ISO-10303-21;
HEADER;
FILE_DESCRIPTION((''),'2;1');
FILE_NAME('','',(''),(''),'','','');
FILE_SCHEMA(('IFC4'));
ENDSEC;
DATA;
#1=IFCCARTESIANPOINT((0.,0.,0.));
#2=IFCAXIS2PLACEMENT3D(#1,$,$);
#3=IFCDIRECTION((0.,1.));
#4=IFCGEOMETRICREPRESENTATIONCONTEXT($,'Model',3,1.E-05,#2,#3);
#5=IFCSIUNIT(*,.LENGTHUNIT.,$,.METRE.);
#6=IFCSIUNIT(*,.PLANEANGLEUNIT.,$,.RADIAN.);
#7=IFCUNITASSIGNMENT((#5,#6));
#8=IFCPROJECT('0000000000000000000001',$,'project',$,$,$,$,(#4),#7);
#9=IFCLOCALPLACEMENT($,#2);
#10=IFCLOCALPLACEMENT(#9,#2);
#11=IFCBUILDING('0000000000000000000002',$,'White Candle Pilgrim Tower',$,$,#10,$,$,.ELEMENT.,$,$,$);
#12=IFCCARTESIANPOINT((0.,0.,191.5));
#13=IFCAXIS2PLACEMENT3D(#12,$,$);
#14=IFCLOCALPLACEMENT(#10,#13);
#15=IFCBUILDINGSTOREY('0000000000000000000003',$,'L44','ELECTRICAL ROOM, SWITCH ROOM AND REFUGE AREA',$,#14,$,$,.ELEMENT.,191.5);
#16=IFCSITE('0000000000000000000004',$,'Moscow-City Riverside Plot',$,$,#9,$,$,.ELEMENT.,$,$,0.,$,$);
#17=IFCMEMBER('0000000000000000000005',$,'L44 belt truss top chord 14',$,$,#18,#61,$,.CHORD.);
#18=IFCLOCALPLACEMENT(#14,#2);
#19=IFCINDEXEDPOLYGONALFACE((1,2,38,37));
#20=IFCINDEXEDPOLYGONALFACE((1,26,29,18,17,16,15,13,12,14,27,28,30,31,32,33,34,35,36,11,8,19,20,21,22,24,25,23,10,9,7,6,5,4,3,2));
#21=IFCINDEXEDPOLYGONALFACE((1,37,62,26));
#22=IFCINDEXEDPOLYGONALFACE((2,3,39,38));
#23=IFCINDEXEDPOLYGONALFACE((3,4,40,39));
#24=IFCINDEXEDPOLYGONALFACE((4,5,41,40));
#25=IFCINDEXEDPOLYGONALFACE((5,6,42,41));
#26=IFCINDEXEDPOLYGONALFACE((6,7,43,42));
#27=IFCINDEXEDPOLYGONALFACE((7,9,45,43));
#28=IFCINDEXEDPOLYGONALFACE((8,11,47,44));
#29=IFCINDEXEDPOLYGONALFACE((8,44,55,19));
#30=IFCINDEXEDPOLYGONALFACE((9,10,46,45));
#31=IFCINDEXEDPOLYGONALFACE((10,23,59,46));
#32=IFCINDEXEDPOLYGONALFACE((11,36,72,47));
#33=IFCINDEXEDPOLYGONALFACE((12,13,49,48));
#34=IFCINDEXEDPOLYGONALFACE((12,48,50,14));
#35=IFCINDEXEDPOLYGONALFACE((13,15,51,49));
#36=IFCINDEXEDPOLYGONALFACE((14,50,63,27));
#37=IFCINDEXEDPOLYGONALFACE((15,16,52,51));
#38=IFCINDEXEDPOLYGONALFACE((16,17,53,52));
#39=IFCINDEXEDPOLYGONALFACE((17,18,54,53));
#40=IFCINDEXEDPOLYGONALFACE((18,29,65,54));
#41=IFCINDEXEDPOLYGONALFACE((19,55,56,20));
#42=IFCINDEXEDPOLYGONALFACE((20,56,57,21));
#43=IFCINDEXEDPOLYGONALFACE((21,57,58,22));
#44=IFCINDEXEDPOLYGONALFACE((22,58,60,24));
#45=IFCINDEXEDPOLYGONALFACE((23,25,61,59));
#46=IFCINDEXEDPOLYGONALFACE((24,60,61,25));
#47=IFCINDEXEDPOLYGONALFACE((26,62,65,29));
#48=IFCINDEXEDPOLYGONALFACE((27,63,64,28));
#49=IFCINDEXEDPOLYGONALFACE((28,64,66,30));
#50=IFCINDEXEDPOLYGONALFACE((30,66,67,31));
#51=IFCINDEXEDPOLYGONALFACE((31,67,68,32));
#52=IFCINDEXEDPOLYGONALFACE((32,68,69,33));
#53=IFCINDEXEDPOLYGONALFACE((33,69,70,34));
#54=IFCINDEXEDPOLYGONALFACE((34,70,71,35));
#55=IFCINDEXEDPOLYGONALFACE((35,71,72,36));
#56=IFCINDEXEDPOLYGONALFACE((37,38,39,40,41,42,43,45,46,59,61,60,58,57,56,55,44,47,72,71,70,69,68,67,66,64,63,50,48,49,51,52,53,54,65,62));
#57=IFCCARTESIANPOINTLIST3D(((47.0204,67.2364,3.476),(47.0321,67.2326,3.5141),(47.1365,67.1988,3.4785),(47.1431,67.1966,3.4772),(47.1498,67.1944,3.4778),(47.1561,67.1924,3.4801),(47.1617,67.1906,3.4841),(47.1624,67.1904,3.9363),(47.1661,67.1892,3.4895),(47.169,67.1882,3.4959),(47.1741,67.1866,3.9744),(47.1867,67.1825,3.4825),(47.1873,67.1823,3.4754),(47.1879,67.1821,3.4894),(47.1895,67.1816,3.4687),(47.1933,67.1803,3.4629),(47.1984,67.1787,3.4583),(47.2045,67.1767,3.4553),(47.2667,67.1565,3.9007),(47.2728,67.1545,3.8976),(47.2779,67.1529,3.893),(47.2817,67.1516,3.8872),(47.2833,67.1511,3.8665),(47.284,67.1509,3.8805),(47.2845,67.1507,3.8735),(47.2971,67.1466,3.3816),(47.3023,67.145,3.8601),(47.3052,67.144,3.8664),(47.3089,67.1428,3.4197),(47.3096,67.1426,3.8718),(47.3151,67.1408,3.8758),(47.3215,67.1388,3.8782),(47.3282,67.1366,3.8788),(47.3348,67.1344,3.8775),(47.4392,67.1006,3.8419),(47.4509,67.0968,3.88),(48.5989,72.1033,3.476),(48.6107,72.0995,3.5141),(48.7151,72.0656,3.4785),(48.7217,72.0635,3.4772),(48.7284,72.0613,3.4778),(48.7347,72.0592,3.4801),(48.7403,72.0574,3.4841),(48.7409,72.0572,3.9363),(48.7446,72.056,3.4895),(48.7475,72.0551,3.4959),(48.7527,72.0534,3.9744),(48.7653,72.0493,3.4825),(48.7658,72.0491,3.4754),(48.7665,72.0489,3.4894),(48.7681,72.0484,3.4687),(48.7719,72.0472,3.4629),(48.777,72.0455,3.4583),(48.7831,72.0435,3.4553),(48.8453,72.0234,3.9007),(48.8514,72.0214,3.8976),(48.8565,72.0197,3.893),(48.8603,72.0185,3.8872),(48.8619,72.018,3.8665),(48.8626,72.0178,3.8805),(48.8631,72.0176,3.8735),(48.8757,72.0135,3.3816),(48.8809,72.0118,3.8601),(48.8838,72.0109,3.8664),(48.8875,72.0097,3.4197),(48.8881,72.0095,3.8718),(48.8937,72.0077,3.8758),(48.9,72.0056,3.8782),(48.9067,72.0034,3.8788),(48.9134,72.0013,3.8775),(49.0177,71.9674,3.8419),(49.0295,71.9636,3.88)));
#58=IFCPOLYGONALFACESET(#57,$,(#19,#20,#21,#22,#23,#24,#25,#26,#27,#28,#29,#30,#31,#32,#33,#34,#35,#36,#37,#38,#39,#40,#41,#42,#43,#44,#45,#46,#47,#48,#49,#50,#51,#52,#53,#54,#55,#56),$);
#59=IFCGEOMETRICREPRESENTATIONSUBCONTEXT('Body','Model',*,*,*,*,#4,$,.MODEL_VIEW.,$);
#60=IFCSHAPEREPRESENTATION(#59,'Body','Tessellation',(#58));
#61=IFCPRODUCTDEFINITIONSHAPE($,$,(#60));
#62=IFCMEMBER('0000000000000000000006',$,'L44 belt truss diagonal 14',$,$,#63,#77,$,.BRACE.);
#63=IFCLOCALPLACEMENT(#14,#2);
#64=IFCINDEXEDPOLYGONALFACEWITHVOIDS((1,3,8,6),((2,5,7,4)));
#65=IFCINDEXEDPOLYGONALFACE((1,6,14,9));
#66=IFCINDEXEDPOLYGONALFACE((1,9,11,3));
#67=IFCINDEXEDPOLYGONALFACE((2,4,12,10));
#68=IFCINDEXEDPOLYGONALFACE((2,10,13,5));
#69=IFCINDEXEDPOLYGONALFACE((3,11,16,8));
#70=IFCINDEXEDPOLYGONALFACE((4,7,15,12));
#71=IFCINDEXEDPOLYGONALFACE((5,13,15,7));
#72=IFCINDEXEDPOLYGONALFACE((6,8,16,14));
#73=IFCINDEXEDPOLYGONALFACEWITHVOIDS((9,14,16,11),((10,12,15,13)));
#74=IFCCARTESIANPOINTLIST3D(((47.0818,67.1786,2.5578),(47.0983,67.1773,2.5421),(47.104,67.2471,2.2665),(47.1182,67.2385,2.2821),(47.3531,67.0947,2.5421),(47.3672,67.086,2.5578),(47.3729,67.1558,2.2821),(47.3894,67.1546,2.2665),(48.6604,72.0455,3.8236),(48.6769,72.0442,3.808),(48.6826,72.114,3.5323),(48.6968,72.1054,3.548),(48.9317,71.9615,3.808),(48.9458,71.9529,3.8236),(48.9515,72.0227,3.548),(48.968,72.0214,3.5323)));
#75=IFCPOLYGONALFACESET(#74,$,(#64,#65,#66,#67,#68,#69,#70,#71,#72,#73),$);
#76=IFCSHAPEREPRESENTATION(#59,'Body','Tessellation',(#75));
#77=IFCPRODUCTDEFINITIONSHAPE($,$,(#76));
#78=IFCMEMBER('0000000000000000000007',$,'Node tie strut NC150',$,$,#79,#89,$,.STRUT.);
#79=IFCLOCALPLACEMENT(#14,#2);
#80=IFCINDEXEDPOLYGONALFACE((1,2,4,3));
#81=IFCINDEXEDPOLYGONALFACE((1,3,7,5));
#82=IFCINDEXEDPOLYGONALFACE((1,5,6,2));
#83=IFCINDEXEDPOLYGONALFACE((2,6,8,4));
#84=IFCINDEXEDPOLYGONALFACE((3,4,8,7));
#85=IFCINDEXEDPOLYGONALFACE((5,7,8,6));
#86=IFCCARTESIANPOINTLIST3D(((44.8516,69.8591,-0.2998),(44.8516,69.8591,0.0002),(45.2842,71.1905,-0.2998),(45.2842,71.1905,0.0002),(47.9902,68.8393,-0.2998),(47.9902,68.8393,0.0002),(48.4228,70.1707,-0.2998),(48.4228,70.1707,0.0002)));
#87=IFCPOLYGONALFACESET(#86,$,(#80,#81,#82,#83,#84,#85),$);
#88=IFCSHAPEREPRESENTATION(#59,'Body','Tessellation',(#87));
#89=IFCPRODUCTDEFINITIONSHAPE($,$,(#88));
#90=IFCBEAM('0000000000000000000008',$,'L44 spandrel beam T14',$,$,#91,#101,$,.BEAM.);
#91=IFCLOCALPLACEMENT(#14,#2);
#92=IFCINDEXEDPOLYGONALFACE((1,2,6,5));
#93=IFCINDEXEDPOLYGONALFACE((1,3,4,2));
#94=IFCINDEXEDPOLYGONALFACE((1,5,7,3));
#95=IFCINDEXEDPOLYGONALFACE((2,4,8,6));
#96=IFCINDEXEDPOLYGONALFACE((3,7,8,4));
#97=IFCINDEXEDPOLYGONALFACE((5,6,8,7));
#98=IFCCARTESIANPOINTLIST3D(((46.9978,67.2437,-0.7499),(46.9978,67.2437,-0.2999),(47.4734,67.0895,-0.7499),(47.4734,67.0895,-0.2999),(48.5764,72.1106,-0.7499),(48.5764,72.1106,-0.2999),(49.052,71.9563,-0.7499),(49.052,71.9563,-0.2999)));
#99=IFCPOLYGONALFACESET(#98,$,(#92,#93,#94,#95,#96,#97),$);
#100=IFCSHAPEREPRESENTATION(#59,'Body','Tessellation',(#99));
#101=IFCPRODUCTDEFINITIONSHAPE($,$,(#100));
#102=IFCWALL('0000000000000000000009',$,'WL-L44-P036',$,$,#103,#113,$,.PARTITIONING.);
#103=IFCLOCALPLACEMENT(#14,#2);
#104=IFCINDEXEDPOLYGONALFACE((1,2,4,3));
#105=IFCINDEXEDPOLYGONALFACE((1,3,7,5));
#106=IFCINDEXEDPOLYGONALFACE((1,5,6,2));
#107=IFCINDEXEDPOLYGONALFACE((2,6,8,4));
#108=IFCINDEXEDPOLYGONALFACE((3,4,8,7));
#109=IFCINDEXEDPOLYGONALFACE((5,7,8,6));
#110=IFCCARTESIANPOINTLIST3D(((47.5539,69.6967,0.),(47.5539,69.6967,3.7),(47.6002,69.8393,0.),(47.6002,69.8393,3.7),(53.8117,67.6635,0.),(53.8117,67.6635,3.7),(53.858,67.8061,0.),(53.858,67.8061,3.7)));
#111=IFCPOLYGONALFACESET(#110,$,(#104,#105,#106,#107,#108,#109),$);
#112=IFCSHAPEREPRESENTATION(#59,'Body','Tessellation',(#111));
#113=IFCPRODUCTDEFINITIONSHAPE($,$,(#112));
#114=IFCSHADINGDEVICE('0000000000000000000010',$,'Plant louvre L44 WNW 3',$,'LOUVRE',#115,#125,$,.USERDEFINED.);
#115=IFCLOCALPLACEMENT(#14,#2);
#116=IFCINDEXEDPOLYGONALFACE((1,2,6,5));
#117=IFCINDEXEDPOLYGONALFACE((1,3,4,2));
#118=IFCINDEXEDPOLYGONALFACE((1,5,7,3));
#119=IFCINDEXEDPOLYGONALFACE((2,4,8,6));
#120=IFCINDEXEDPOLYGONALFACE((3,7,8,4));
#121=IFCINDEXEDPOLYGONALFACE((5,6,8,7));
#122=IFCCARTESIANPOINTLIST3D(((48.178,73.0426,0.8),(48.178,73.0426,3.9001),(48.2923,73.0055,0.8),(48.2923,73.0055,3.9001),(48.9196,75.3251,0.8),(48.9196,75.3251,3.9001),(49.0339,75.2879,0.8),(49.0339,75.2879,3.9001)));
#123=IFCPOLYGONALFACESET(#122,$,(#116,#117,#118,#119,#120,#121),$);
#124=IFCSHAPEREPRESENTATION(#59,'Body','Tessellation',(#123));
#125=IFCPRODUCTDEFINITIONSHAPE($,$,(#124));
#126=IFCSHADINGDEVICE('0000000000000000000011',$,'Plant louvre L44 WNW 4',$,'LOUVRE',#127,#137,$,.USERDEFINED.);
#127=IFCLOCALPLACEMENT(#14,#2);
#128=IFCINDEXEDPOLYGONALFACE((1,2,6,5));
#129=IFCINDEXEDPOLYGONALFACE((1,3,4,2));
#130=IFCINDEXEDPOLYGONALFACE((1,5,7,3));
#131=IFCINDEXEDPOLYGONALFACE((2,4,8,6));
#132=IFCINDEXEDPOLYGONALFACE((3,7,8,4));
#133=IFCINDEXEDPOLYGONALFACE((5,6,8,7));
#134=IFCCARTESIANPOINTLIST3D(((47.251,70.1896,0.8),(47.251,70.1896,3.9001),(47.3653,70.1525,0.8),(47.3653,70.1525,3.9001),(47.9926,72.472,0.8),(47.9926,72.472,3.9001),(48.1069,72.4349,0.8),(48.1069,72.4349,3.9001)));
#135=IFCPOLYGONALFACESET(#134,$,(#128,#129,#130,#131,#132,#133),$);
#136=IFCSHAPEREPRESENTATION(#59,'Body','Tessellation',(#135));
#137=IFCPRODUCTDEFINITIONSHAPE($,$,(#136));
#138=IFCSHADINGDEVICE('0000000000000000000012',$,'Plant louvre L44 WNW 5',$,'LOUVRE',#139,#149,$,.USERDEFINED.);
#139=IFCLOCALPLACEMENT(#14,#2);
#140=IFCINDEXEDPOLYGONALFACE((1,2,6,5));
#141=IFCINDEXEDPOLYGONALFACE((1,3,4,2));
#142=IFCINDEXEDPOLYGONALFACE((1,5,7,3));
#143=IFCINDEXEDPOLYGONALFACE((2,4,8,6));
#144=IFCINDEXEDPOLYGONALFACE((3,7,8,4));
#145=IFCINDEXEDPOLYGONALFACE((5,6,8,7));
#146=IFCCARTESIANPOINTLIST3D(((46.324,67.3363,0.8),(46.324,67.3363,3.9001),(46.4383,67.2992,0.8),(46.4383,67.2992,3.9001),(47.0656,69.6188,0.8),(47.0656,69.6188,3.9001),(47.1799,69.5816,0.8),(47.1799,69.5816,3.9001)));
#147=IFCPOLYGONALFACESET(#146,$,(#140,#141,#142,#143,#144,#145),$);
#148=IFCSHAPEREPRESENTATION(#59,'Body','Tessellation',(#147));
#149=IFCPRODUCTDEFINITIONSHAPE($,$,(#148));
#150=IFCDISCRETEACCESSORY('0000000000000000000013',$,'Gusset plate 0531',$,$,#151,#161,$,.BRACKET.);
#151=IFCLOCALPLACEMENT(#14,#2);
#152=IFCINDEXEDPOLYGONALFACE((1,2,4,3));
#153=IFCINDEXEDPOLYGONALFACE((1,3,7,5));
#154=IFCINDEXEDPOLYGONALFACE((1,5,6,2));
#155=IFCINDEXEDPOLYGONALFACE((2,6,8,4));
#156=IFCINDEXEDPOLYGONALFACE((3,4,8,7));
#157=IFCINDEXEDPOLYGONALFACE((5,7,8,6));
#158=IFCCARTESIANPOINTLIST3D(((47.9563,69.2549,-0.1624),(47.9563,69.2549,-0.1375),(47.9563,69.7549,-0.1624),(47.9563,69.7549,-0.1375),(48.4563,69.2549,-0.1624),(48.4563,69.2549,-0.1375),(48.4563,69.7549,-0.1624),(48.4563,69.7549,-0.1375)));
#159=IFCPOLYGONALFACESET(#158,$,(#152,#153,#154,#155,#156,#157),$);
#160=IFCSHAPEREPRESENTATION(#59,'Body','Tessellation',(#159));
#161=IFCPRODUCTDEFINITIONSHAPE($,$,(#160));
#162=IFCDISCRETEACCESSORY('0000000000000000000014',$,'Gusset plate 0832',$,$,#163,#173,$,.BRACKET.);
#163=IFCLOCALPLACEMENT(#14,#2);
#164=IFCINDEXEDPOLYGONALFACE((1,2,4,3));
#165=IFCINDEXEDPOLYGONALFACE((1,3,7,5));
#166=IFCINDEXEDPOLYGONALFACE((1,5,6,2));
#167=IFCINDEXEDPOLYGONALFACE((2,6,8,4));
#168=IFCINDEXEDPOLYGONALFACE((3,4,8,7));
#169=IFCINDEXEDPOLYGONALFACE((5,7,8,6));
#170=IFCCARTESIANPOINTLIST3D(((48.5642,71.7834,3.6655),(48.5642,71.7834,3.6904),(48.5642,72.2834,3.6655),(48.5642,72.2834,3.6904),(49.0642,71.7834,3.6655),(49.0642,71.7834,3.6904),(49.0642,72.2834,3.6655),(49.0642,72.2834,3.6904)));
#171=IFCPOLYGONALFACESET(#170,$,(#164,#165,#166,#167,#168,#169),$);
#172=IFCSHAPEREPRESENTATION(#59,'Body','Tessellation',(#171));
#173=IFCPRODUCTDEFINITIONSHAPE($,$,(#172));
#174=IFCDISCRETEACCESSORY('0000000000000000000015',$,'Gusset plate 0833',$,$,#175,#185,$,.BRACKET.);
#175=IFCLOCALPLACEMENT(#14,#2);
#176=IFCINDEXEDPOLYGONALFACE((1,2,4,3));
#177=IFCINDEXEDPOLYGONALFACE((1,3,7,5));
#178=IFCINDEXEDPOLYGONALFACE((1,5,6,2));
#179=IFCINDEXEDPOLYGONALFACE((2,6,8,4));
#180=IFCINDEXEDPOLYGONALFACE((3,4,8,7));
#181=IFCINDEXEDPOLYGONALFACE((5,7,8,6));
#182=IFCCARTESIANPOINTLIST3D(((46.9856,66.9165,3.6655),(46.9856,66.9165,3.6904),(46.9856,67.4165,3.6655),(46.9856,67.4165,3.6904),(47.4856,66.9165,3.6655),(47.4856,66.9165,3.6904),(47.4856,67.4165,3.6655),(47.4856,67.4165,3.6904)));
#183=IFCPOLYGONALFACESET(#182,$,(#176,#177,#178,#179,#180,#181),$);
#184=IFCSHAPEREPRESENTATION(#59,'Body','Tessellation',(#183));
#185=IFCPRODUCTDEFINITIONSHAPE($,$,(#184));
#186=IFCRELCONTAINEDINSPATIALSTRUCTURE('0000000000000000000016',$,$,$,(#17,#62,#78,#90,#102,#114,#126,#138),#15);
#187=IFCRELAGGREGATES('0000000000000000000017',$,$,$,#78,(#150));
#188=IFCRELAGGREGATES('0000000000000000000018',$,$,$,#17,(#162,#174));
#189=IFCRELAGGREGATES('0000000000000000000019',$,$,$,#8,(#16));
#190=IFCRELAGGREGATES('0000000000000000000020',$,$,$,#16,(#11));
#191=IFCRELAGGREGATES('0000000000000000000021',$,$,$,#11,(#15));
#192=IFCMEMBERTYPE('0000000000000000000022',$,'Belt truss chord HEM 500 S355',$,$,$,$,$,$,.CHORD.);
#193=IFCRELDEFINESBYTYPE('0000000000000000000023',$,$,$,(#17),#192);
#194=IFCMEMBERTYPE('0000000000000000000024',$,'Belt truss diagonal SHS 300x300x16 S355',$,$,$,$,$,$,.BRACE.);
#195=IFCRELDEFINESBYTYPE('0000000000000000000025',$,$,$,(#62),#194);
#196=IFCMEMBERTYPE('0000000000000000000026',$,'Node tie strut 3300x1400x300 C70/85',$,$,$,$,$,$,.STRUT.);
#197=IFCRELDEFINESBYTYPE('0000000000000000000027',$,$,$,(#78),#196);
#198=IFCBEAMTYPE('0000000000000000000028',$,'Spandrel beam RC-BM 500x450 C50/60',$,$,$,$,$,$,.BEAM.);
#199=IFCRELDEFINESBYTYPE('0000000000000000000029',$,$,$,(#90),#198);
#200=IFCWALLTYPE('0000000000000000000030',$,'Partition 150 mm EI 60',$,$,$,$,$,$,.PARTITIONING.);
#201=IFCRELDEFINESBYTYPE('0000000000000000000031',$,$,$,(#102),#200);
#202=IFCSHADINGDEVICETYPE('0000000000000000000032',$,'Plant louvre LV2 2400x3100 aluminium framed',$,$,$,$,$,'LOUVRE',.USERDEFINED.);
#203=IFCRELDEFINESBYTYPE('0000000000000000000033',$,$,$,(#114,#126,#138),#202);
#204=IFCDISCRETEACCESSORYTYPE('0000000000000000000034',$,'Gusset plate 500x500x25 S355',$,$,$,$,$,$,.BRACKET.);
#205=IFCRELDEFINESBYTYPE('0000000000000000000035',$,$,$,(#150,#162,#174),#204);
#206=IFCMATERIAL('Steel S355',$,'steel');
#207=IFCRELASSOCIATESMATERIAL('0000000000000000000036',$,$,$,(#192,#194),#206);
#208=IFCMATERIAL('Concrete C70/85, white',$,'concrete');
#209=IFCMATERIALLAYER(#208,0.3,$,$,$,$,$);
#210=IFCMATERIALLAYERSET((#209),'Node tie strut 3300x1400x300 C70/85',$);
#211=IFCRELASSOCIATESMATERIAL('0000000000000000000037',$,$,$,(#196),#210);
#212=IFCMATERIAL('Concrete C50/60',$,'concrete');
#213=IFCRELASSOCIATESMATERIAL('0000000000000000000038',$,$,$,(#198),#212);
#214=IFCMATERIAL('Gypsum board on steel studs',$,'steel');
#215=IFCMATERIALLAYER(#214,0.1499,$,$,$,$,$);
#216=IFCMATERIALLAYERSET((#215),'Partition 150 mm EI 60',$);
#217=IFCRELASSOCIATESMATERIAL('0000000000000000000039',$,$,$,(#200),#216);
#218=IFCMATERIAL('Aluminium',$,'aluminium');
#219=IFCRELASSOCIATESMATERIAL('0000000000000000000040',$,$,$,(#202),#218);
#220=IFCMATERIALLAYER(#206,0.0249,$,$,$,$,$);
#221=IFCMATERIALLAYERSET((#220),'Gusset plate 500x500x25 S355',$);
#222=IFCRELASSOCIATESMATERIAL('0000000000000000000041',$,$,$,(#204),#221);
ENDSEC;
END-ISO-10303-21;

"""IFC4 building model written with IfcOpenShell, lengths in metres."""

from ifc_helpers import new_model, si_unit, direction, frame, frame_2d, origin, origin_2d, place, context, subcontext, project, spatial, rectangle, hollow_rectangle, i_section, extrude, material, layer, layer_set, material_profile, profile_set, type_object, element, aggregate, save


model = new_model("IFC4")

# Units and contexts
model_context = context("Model", 3, precision=1e-05, world=origin(), true_north=direction((0.0, 1.0)))
body_context = subcontext(model_context, "Body", "Model", "MODEL_VIEW")
ifc_project = project(units=[si_unit("LENGTHUNIT", "METRE"), si_unit("PLANEANGLEUNIT", "RADIAN")], contexts=[model_context])

# Site, building, storey
site_placement = place(None, origin())
site = spatial("IfcSite", under=ifc_project, at=site_placement, Name="Moscow-City Riverside Plot", CompositionType="ELEMENT", RefElevation=0.0)
building_placement = place(site_placement, origin())
building = spatial("IfcBuilding", under=site, at=building_placement, Name="White Candle Pilgrim Tower", CompositionType="ELEMENT")
storey_placement = place(building_placement, frame((0.0, 0.0, 191.5)))
storey = spatial("IfcBuildingStorey", under=building, at=storey_placement, Name="L44", Description="ELECTRICAL ROOM, SWITCH ROOM AND REFUGE AREA", CompositionType="ELEMENT", Elevation=191.5)

# Members
ifc_material_1 = material(Name="Steel S355", Category="steel")
ifc_material_profile_1 = material_profile(ifc_material_1, i_section(OverallWidth=0.3059, OverallDepth=0.5239, WebThickness=0.021, FlangeThickness=0.04, FilletRadius=0.0271, at=origin_2d()), Name="HEM 500")
ifc_profile_set_1 = profile_set([ifc_material_profile_1], Name="Steel S355")
member_type_1 = type_object("IfcMemberType", Name="Belt truss chord HEM 500 S355", PredefinedType="CHORD", material=ifc_profile_set_1)
member_1_placement = place(storey_placement, frame((48.8142, 72.0334, 3.678), z_axis=(-0.30853, -0.951214, 0.0), x_axis=(0.904807, -0.293478, -0.308536)))
member_1 = element("IfcMember", 1, at=member_1_placement, inside=storey, type_object=member_type_1, Name="L44 belt truss top chord 14", PredefinedType="CHORD", context=body_context, shape_type="SweptSolid", body=[
    extrude(i_section(OverallWidth=0.3059, OverallDepth=0.5239, WebThickness=0.021, FlangeThickness=0.04, FilletRadius=0.0271, at=origin_2d()), origin(), (0.0, 0.0, 1.0), 5.1165),
])
ifc_material_profile_2 = material_profile(ifc_material_1, hollow_rectangle(XDim=0.3, YDim=0.3, WallThickness=0.0161, at=origin_2d()), Name="SHS 300x300x16")
ifc_profile_set_2 = profile_set([ifc_material_profile_2], Name="Steel S355")
member_type_2 = type_object("IfcMemberType", Name="Belt truss diagonal SHS 300x300x16 S355", PredefinedType="BRACE", material=ifc_profile_set_2)
member_2_placement = place(storey_placement, frame((48.8142, 72.0334, 3.678), z_axis=(-0.2995, -0.923374, -0.240165), x_axis=(0.951214, -0.30853, 0.0)))
element("IfcMember", 2, at=member_2_placement, inside=storey, type_object=member_type_2, Name="L44 belt truss diagonal 14", PredefinedType="BRACE", context=body_context, shape_type="SweptSolid", body=[
    extrude(hollow_rectangle(XDim=0.3, YDim=0.3, WallThickness=0.0161, at=origin_2d()), origin(), (0.0, 0.0, 1.0), 5.2708),
])
ifc_material_2 = material(Name="Concrete C70/85, white", Category="concrete")
ifc_layer_1 = layer(ifc_material_2, 0.3)
ifc_layer_set_1 = layer_set([ifc_layer_1], Name="Node tie strut 3300x1400x300 C70/85")
member_type_3 = type_object("IfcMemberType", Name="Node tie strut 3300x1400x300 C70/85", PredefinedType="STRUT", material=ifc_layer_set_1)
member_3_placement = place(storey_placement, frame((46.6372, 70.0149, -0.2998), z_axis=(0.0, 0.0, 1.0), x_axis=(-0.309017, -0.951057, 0.0)))
member_3 = element("IfcMember", 3, at=member_3_placement, inside=storey, type_object=member_type_3, Name="Node tie strut NC150", PredefinedType="STRUT", context=body_context, shape_type="SweptSolid", body=[
    extrude(rectangle(XDim=1.3999, YDim=3.3, at=origin_2d()), origin(), (0.0, 0.0, 1.0), 0.3),
])

# Beam
ifc_material_3 = material(Name="Concrete C50/60", Category="concrete")
ifc_material_profile_3 = material_profile(ifc_material_3, rectangle(XDim=0.5, YDim=0.45, at=origin_2d()), Name="RC-BM 500x450")
ifc_profile_set_3 = profile_set([ifc_material_profile_3], Name="Concrete C50/60")
beam_type = type_object("IfcBeamType", Name="Spandrel beam RC-BM 500x450 C50/60", PredefinedType="BEAM", material=ifc_profile_set_3)
beam_placement = place(storey_placement, frame((48.8142, 72.0334, -0.5249), z_axis=(-0.30853, -0.951214, 0.0), x_axis=(0.951214, -0.30853, 0.0)))
element("IfcBeam", 4, at=beam_placement, inside=storey, type_object=beam_type, Name="L44 spandrel beam T14", PredefinedType="BEAM", context=body_context, shape_type="SweptSolid", body=[
    extrude(rectangle(XDim=0.5, YDim=0.45, at=origin_2d()), origin(), (0.0, 0.0, 1.0), 5.1165),
])

# Wall
ifc_material_4 = material(Name="Gypsum board on steel studs", Category="steel")
ifc_layer_2 = layer(ifc_material_4, 0.1499)
ifc_layer_set_2 = layer_set([ifc_layer_2], Name="Partition 150 mm EI 60")
wall_type = type_object("IfcWallType", Name="Partition 150 mm EI 60", PredefinedType="PARTITIONING", material=ifc_layer_set_2)
wall_placement = place(storey_placement, frame((47.5769, 69.7681, 0.0), z_axis=(0.0, 0.0, 1.0), x_axis=(0.95106, -0.309006, 0.0)))
element("IfcWall", 5, at=wall_placement, inside=storey, type_object=wall_type, Name="WL-L44-P036", PredefinedType="PARTITIONING", context=body_context, shape_type="SweptSolid", body=[
    extrude(rectangle(XDim=6.5798, YDim=0.1499, at=frame_2d((3.29, 0.0))), origin(), (0.0, 0.0, 1.0), 3.7),
])

# Shading devices
ifc_material_5 = material(Name="Aluminium", Category="aluminium")
shading_device_type = type_object("IfcShadingDeviceType", Name="Plant louvre LV2 2400x3100 aluminium framed", ElementType="LOUVRE", PredefinedType="USERDEFINED", material=ifc_material_5)
for number, where, z_axis, x_axis, name in (
    (6, (48.606, 74.1653, 0.8), (0.0, 0.0, 1.0), (-0.309017, -0.951057, 0.0), "Plant louvre L44 WNW 3"),
    (7, (47.679, 71.3123, 0.8), (0.0, 0.0, 1.0), (-0.309017, -0.951057, 0.0), "Plant louvre L44 WNW 4"),
    (8, (46.752, 68.459, 0.8), (0.0, 0.0, 1.0), (-0.309017, -0.951057, 0.0), "Plant louvre L44 WNW 5"),
):
    element("IfcShadingDevice", number, at=place(storey_placement, frame(where, z_axis=z_axis, x_axis=x_axis)), inside=storey, type_object=shading_device_type, Name=name, ObjectType="LOUVRE", PredefinedType="USERDEFINED", context=body_context, shape_type="SweptSolid", body=[
        extrude(rectangle(XDim=2.3999, YDim=0.1201, at=origin_2d()), origin(), (0.0, 0.0, 1.0), 3.1001),
    ])

# Discrete accessories
ifc_layer_3 = layer(ifc_material_1, 0.0249)
ifc_layer_set_3 = layer_set([ifc_layer_3], Name="Gusset plate 500x500x25 S355")
discrete_accessory_type = type_object("IfcDiscreteAccessoryType", Name="Gusset plate 500x500x25 S355", PredefinedType="BRACKET", material=ifc_layer_set_3)
discrete_accessory_1_placement = place(storey_placement, frame((48.2063, 69.5049, -0.1624), z_axis=(0.0, 0.0, 1.0), x_axis=(1.0, 0.0, 0.0)))
discrete_accessory_1 = element("IfcDiscreteAccessory", 9, at=discrete_accessory_1_placement, type_object=discrete_accessory_type, Name="Gusset plate 0531", PredefinedType="BRACKET", context=body_context, shape_type="SweptSolid", body=[
    extrude(rectangle(XDim=0.5, YDim=0.5, at=origin_2d()), origin(), (0.0, 0.0, 1.0), 0.0249),
])
aggregate(member_3, [discrete_accessory_1])
discrete_accessory_2_placement = place(storey_placement, frame((48.8142, 72.0334, 3.6655), z_axis=(0.0, 0.0, 1.0), x_axis=(1.0, 0.0, 0.0)))
discrete_accessory_2 = element("IfcDiscreteAccessory", 10, at=discrete_accessory_2_placement, type_object=discrete_accessory_type, Name="Gusset plate 0832", PredefinedType="BRACKET", context=body_context, shape_type="SweptSolid", body=[
    extrude(rectangle(XDim=0.5, YDim=0.5, at=origin_2d()), origin(), (0.0, 0.0, 1.0), 0.0249),
])
discrete_accessory_3_placement = place(storey_placement, frame((47.2356, 67.1665, 3.6655), z_axis=(0.0, 0.0, 1.0), x_axis=(1.0, 0.0, 0.0)))
discrete_accessory_3 = element("IfcDiscreteAccessory", 11, at=discrete_accessory_3_placement, type_object=discrete_accessory_type, Name="Gusset plate 0833", PredefinedType="BRACKET", context=body_context, shape_type="SweptSolid", body=[
    extrude(rectangle(XDim=0.5, YDim=0.5, at=origin_2d()), origin(), (0.0, 0.0, 1.0), 0.0249),
])
aggregate(member_1, [discrete_accessory_2, discrete_accessory_3])

save(model, "model.ifc")
